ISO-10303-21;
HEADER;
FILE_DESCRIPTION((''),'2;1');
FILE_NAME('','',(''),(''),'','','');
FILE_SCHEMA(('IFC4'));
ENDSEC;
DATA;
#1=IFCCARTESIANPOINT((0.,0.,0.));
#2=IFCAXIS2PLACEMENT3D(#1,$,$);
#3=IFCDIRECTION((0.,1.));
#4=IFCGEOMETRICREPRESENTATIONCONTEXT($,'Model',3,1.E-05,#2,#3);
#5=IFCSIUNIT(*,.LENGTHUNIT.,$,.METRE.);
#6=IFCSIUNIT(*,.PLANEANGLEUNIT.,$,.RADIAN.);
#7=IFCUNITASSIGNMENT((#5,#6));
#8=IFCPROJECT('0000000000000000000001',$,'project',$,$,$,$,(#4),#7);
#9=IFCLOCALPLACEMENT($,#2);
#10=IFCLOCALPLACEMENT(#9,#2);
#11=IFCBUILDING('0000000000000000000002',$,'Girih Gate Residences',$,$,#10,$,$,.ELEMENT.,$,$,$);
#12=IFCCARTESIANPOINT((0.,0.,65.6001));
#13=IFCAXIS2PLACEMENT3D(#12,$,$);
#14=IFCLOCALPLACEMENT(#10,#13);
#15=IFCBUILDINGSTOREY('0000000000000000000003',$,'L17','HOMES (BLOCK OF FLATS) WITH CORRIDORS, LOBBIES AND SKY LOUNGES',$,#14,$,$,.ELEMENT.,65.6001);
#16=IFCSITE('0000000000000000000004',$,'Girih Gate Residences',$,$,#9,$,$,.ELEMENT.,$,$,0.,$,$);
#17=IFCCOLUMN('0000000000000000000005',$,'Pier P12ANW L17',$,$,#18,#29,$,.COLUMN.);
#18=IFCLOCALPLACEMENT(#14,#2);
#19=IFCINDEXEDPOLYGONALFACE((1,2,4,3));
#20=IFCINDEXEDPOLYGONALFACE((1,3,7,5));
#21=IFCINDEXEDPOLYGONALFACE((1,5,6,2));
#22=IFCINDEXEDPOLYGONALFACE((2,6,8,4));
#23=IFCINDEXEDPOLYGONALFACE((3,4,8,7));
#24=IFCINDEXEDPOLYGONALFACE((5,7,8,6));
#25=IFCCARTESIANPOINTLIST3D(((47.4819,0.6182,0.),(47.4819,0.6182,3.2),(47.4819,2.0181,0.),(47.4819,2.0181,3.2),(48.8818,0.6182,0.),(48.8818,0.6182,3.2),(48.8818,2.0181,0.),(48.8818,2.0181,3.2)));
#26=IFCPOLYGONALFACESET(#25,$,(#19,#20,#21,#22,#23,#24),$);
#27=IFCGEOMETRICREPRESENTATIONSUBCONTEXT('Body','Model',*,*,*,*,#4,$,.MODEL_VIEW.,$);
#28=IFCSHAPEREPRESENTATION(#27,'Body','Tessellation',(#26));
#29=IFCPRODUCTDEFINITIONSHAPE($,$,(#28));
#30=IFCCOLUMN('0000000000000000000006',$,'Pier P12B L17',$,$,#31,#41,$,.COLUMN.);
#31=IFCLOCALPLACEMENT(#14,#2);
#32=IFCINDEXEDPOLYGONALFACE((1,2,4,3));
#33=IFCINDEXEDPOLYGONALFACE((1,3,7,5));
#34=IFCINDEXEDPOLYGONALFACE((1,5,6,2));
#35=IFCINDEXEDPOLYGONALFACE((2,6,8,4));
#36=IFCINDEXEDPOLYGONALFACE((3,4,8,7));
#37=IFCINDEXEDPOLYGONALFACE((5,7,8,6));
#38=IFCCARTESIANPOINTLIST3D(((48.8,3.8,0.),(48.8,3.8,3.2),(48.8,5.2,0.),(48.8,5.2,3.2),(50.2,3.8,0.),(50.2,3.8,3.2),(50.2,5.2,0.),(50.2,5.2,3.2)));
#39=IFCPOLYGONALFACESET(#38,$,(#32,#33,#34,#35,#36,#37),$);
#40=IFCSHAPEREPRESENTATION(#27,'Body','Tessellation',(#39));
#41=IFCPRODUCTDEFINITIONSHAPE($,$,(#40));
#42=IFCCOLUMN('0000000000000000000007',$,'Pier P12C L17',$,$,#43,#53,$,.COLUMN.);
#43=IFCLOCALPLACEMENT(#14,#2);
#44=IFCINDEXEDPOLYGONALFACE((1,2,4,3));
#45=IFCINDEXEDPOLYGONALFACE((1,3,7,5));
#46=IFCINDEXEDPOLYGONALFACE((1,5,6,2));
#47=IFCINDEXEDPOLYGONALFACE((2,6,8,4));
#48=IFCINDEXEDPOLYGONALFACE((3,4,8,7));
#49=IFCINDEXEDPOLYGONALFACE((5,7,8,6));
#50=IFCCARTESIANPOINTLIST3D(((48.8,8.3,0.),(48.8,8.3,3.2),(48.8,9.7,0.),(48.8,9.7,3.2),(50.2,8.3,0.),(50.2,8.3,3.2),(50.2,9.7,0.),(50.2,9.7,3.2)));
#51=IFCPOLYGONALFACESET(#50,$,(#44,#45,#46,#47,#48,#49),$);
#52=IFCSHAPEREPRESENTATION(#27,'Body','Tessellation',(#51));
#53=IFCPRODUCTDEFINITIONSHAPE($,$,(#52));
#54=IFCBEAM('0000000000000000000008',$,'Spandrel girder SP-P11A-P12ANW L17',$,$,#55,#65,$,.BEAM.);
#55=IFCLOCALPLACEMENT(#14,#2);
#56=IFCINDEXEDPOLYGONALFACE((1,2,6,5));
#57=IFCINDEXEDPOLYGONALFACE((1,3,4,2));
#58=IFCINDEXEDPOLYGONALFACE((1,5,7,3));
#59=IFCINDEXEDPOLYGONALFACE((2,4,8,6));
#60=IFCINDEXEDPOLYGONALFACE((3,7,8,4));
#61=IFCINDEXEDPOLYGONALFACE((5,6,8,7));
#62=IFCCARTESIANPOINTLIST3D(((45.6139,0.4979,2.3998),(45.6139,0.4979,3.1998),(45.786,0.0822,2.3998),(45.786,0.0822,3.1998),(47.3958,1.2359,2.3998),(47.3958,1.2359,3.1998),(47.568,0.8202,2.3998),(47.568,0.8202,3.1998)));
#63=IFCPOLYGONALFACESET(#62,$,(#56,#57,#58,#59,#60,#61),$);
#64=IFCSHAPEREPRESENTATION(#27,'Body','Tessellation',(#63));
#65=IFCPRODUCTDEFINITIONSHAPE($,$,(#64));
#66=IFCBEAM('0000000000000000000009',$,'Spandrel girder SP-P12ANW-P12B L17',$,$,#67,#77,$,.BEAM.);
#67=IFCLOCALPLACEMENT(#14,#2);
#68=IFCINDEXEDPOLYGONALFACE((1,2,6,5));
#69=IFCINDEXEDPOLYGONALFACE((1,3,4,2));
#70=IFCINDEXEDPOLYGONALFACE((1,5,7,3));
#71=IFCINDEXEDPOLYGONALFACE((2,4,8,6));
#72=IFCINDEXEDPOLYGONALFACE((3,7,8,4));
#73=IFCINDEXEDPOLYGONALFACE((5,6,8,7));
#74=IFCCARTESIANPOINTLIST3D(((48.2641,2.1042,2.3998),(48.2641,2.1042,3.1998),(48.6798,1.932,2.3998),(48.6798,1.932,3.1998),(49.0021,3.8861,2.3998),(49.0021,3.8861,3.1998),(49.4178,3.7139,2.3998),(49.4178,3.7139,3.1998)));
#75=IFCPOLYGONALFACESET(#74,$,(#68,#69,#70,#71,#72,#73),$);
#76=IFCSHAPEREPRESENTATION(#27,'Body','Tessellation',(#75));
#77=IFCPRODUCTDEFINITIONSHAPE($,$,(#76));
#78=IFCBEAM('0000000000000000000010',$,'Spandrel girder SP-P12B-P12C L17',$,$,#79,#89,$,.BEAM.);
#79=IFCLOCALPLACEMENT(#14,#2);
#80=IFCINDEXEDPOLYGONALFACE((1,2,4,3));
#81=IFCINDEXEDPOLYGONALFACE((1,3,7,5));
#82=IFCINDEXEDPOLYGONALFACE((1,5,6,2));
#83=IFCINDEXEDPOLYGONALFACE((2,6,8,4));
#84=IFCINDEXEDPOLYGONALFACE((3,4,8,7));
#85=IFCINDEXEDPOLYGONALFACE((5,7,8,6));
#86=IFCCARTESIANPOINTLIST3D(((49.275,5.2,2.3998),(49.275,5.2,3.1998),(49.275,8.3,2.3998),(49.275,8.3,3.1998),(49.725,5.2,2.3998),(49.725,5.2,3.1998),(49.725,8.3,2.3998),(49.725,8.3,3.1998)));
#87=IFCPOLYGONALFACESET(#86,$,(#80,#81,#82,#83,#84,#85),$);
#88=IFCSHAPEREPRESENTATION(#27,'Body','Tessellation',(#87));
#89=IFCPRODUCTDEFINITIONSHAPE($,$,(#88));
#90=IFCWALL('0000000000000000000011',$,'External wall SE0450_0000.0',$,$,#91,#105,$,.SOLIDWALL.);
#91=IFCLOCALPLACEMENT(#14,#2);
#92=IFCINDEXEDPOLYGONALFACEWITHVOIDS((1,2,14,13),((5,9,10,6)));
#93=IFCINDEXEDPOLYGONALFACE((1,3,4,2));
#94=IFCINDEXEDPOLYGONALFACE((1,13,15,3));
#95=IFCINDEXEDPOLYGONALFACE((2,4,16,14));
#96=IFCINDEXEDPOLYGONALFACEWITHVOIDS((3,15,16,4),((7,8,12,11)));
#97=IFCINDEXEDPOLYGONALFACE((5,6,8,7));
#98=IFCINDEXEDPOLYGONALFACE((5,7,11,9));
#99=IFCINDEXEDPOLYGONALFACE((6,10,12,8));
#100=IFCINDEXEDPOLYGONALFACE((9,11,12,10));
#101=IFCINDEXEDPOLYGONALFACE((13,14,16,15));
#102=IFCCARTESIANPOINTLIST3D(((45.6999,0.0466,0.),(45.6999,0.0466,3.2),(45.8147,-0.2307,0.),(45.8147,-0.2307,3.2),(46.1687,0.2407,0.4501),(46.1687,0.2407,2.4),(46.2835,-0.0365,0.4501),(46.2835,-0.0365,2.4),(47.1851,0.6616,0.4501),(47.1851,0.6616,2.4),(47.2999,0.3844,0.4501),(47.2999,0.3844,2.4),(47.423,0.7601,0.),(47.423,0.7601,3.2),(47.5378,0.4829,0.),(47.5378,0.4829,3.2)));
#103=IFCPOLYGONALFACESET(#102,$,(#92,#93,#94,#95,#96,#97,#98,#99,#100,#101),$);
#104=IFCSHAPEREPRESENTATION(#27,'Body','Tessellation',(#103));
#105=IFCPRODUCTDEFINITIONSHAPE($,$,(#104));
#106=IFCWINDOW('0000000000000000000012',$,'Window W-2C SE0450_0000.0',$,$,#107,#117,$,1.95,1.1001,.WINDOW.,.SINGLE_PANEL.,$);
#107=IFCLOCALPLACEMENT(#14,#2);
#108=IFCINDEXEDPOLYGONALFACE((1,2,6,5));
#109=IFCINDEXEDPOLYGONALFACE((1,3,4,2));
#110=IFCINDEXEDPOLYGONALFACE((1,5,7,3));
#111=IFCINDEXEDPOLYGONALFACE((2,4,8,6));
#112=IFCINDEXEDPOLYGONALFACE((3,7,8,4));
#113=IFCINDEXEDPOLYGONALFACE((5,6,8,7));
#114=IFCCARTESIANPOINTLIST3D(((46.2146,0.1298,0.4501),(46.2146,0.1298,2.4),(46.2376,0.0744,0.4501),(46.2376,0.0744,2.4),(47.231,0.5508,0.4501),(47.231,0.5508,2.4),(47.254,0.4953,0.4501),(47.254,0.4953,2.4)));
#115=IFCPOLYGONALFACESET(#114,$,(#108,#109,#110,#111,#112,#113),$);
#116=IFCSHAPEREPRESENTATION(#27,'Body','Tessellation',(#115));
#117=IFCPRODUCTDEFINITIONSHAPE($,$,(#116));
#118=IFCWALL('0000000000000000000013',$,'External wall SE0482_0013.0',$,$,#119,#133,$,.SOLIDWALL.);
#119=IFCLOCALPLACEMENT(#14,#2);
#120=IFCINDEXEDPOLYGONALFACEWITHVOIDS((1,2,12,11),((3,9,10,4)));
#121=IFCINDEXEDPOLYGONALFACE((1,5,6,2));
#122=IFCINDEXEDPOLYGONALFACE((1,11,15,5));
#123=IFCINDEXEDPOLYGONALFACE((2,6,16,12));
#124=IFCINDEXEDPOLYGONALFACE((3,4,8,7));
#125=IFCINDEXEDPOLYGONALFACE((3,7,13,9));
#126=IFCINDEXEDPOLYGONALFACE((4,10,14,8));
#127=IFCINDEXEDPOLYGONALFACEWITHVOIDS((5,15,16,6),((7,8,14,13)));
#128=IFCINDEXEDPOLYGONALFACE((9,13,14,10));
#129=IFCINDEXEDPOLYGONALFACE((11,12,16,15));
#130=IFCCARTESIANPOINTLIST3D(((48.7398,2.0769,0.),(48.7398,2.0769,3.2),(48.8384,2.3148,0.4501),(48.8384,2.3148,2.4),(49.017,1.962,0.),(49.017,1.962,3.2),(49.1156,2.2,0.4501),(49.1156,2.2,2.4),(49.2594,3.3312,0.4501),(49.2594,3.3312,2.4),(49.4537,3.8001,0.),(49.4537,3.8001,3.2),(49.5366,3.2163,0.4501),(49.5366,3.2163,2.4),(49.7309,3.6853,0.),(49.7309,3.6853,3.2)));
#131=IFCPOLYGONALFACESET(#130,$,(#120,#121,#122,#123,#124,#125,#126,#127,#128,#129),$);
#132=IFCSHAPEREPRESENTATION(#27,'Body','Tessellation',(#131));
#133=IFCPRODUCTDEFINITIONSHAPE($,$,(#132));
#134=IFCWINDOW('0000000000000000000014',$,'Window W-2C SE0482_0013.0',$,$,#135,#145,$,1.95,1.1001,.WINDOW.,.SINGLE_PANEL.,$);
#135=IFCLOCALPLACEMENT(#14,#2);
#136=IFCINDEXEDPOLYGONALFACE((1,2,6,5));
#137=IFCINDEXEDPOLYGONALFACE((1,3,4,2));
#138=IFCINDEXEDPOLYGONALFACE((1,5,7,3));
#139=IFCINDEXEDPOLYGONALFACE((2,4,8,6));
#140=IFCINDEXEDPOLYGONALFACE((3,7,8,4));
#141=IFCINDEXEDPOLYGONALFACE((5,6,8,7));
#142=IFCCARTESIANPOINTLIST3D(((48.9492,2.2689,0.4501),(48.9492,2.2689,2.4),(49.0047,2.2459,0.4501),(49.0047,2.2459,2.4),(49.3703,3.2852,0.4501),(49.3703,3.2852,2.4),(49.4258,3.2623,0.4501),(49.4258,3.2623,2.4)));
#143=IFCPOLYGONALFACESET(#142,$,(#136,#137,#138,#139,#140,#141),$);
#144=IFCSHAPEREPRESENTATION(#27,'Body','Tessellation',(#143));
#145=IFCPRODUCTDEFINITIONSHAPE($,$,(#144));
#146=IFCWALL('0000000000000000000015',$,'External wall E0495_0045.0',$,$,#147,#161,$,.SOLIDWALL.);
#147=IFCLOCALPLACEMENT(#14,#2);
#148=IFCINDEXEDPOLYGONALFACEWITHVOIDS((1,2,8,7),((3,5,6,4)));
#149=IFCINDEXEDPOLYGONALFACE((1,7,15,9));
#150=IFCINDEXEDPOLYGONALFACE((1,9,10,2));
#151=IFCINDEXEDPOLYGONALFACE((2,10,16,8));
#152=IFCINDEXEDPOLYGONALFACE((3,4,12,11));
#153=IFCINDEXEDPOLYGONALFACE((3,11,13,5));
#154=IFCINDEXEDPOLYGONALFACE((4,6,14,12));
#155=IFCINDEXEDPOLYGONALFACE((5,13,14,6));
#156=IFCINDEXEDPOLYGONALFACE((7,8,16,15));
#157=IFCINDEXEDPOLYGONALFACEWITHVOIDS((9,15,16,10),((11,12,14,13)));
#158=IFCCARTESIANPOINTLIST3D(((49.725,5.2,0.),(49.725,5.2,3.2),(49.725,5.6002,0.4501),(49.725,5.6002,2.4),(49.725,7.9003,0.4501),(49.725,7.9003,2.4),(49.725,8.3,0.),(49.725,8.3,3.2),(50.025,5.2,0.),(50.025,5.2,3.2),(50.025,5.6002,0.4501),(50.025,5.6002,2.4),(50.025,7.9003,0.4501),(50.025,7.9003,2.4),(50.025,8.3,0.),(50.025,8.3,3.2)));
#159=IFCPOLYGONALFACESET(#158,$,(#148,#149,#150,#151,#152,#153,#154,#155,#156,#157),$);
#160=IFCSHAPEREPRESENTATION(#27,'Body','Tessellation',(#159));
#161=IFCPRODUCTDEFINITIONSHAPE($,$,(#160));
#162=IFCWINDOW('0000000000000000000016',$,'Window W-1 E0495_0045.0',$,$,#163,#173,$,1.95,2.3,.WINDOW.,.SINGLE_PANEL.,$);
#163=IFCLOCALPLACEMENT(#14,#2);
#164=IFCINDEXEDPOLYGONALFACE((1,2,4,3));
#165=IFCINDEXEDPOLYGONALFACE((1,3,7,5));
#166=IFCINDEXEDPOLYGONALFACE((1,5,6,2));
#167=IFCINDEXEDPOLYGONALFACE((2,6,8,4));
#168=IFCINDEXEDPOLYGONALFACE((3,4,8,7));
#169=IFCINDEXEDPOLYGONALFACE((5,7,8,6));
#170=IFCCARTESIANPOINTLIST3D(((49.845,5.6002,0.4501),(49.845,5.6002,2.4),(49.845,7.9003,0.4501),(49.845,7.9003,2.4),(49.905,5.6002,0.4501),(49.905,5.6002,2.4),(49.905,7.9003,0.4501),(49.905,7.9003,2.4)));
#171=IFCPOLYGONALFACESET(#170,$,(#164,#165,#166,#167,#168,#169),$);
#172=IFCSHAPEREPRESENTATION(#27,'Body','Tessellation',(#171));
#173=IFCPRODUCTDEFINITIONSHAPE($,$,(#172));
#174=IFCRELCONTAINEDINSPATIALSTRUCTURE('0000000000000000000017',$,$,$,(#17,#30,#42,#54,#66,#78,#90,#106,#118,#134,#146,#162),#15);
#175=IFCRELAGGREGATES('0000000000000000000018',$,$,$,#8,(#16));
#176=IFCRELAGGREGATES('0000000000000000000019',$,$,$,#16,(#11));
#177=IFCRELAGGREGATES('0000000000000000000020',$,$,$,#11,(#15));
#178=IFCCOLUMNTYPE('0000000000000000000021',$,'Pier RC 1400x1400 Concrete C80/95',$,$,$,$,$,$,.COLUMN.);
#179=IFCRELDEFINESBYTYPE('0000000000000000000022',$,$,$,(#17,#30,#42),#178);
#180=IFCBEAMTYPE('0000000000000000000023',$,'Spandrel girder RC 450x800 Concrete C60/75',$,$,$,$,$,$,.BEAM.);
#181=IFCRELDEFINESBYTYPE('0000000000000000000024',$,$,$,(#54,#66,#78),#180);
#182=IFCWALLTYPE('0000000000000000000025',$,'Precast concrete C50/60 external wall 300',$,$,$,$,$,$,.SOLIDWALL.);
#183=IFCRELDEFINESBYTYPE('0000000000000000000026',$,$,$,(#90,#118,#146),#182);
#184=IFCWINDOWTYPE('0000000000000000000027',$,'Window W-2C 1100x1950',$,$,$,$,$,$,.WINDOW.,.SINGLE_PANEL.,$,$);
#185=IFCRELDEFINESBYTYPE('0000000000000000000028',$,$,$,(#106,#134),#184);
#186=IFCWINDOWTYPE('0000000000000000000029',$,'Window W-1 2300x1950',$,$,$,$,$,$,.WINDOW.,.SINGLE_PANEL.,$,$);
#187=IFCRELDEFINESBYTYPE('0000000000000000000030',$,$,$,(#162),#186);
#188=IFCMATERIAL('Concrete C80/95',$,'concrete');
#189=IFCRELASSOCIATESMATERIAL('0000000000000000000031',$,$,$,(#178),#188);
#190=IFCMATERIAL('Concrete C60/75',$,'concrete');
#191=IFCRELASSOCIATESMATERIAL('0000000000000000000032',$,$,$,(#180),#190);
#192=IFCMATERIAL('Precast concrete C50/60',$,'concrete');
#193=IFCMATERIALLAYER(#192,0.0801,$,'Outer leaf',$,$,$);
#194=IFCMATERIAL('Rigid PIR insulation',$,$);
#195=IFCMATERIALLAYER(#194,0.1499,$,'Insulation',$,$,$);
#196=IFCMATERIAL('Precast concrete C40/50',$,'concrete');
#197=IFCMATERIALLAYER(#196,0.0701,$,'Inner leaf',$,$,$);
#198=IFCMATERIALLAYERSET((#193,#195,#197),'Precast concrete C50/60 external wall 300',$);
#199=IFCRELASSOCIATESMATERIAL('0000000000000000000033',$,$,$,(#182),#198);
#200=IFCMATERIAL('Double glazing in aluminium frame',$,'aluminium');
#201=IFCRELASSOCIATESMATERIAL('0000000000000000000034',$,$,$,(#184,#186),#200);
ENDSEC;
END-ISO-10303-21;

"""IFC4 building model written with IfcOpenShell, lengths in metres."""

from ifc_helpers import new_model, si_unit, direction, frame, frame_2d, origin, origin_2d, place, context, subcontext, project, spatial, rectangle, extrude, material, layer, layer_set, material_profile, profile_set, type_object, element, fill, save


model = new_model("IFC4")

# Units and contexts
model_context = context("Model", 3, precision=1e-05, world=origin(), true_north=direction((0.0, 1.0)))
body_context = subcontext(model_context, "Body", "Model", "MODEL_VIEW")
ifc_project = project(units=[si_unit("LENGTHUNIT", "METRE"), si_unit("PLANEANGLEUNIT", "RADIAN")], contexts=[model_context])

# Site, building, storey
site_placement = place(None, origin())
site = spatial("IfcSite", under=ifc_project, at=site_placement, Name="Girih Gate Residences", CompositionType="ELEMENT", RefElevation=0.0)
building_placement = place(site_placement, origin())
building = spatial("IfcBuilding", under=site, at=building_placement, Name="Girih Gate Residences", CompositionType="ELEMENT")
storey_placement = place(building_placement, frame((0.0, 0.0, 65.6001)))
storey = spatial("IfcBuildingStorey", under=building, at=storey_placement, Name="L17", Description="HOMES (BLOCK OF FLATS) WITH CORRIDORS, LOBBIES AND SKY LOUNGES", CompositionType="ELEMENT", Elevation=65.6001)

# Columns
ifc_material_1 = material(Name="Concrete C80/95", Category="concrete")
ifc_material_profile_1 = material_profile(ifc_material_1, rectangle(XDim=1.3999, YDim=1.3999, at=origin_2d()))
ifc_profile_set_1 = profile_set([ifc_material_profile_1], Name="Concrete C80/95")
column_type = type_object("IfcColumnType", Name="Pier RC 1400x1400 Concrete C80/95", PredefinedType="COLUMN", material=ifc_profile_set_1)
for number, where, z_axis, x_axis, name in (
    (1, (48.1819, 1.3181, 0.0), (0.0, 0.0, 1.0), (1.0, 0.0, 0.0), "Pier P12ANW L17"),
    (2, (49.5, 4.5, 0.0), (0.0, 0.0, 1.0), (1.0, 0.0, 0.0), "Pier P12B L17"),
    (3, (49.5, 9.0, 0.0), (0.0, 0.0, 1.0), (1.0, 0.0, 0.0), "Pier P12C L17"),
):
    element("IfcColumn", number, at=place(storey_placement, frame(where, z_axis=z_axis, x_axis=x_axis)), inside=storey, type_object=column_type, Name=name, PredefinedType="COLUMN", context=body_context, shape_type="SweptSolid", body=[
        extrude(rectangle(XDim=1.3999, YDim=1.3999, at=origin_2d()), origin(), (0.0, 0.0, 1.0), 3.2),
    ])

# Beams
ifc_material_2 = material(Name="Concrete C60/75", Category="concrete")
ifc_material_profile_2 = material_profile(ifc_material_2, rectangle(XDim=0.45, YDim=0.8, at=origin_2d()))
ifc_profile_set_2 = profile_set([ifc_material_profile_2], Name="Concrete C60/75")
beam_type = type_object("IfcBeamType", Name="Spandrel girder RC 450x800 Concrete C60/75", PredefinedType="BEAM", material=ifc_profile_set_2)
for number, where, z_axis, x_axis, name in (
    (4, (45.7, 0.29, 2.7998), (0.923895, 0.382646, 0.0), (-0.382646, 0.923895, 0.0), "Spandrel girder SP-P11A-P12ANW L17"),
    (5, (48.4719, 2.0181, 2.7998), (0.382646, 0.923895, 0.0), (-0.923895, 0.382646, 0.0), "Spandrel girder SP-P12ANW-P12B L17"),
):
    element("IfcBeam", number, at=place(storey_placement, frame(where, z_axis=z_axis, x_axis=x_axis)), inside=storey, type_object=beam_type, Name=name, PredefinedType="BEAM", context=body_context, shape_type="SweptSolid", body=[
        extrude(rectangle(XDim=0.45, YDim=0.8, at=origin_2d()), origin(), (0.0, 0.0, 1.0), 1.9287),
    ])
beam_placement = place(storey_placement, frame((49.5, 5.2, 2.7998), z_axis=(0.0, 1.0, 0.0), x_axis=(-1.0, 0.0, 0.0)))
element("IfcBeam", 6, at=beam_placement, inside=storey, type_object=beam_type, Name="Spandrel girder SP-P12B-P12C L17", PredefinedType="BEAM", context=body_context, shape_type="SweptSolid", body=[
    extrude(rectangle(XDim=0.45, YDim=0.8, at=origin_2d()), origin(), (0.0, 0.0, 1.0), 3.1001),
])

# Walls, openings, windows
ifc_material_3 = material(Name="Precast concrete C50/60", Category="concrete")
ifc_layer_1 = layer(ifc_material_3, 0.0801, Name="Outer leaf")
ifc_material_4 = material(Name="Rigid PIR insulation")
ifc_layer_2 = layer(ifc_material_4, 0.1499, Name="Insulation")
ifc_material_5 = material(Name="Precast concrete C40/50", Category="concrete")
ifc_layer_3 = layer(ifc_material_5, 0.0701, Name="Inner leaf")
ifc_layer_set_1 = layer_set([ifc_layer_1, ifc_layer_2, ifc_layer_3], Name="Precast concrete C50/60 external wall 300")
wall_type_1 = type_object("IfcWallType", Name="Precast concrete C50/60 external wall 300", PredefinedType="SOLIDWALL", material=ifc_layer_set_1)
wall_1_placement = place(storey_placement, frame((47.4805, 0.6216, 0.0), z_axis=(0.0, 0.0, 1.0), x_axis=(-0.923904, -0.382625, 0.0)))
wall_1 = element("IfcWall", 7, at=wall_1_placement, inside=storey, type_object=wall_type_1, Name="External wall SE0450_0000.0", PredefinedType="SOLIDWALL", context=body_context, shape_type="SweptSolid", body=[
    extrude(rectangle(XDim=1.865, YDim=0.3, at=frame_2d((0.9326, 0.0))), origin(), (0.0, 0.0, 1.0), 3.2),
])
opening_1_placement = place(wall_1_placement, frame((0.2576, 0.0, 0.45)))
opening_1 = element("IfcOpeningElement", 8, at=opening_1_placement, cuts=wall_1, PredefinedType="OPENING", context=body_context, shape_type="SweptSolid", body=[
    extrude(rectangle(XDim=1.1001, YDim=1.95, at=frame_2d((0.55, 0.9751))), frame((0.0, 0.1599, 0.0), z_axis=(0.0, -1.0, 0.0), x_axis=(1.0, 0.0, 0.0)), (0.0, 0.0, 1.0), 0.3201),
])
ifc_material_6 = material(Name="Double glazing in aluminium frame", Category="aluminium")
window_type_1 = type_object("IfcWindowType", Name="Window W-2C 1100x1950", PartitioningType="SINGLE_PANEL", PredefinedType="WINDOW", material=ifc_material_6)
window_1_placement = place(opening_1_placement, origin())
window_1 = element("IfcWindow", 9, at=window_1_placement, inside=storey, type_object=window_type_1, Name="Window W-2C SE0450_0000.0", OverallHeight=1.95, OverallWidth=1.1001, PartitioningType="SINGLE_PANEL", PredefinedType="WINDOW", context=body_context, shape_type="SweptSolid", body=[
    extrude(rectangle(XDim=1.1001, YDim=1.95, at=frame_2d((0.55, 0.9751))), frame((0.0, 0.03, 0.0), z_axis=(0.0, -1.0, 0.0), x_axis=(1.0, 0.0, 0.0)), (0.0, 0.0, 1.0), 0.0601),
])
fill(opening_1, window_1)
wall_2_placement = place(storey_placement, frame((49.5923, 3.7427, 0.0), z_axis=(0.0, 0.0, 1.0), x_axis=(-0.382737, -0.923857, 0.0)))
wall_2 = element("IfcWall", 10, at=wall_2_placement, inside=storey, type_object=wall_type_1, Name="External wall SE0482_0013.0", PredefinedType="SOLIDWALL", context=body_context, shape_type="SweptSolid", body=[
    extrude(rectangle(XDim=1.8652, YDim=0.3, at=frame_2d((0.9326, 0.0))), origin(), (0.0, 0.0, 1.0), 3.2),
])
opening_2_placement = place(wall_2_placement, frame((0.5076, 0.0, 0.45)))
opening_2 = element("IfcOpeningElement", 11, at=opening_2_placement, cuts=wall_2, PredefinedType="OPENING", context=body_context, shape_type="SweptSolid", body=[
    extrude(rectangle(XDim=1.1001, YDim=1.95, at=frame_2d((0.55, 0.9751))), frame((0.0, 0.1599, 0.0), z_axis=(0.0, -1.0, 0.0), x_axis=(1.0, 0.0, 0.0)), (0.0, 0.0, 1.0), 0.3201),
])
window_2_placement = place(opening_2_placement, origin())
window_2 = element("IfcWindow", 12, at=window_2_placement, inside=storey, type_object=window_type_1, Name="Window W-2C SE0482_0013.0", OverallHeight=1.95, OverallWidth=1.1001, PartitioningType="SINGLE_PANEL", PredefinedType="WINDOW", context=body_context, shape_type="SweptSolid", body=[
    extrude(rectangle(XDim=1.1001, YDim=1.95, at=frame_2d((0.55, 0.9751))), frame((0.0, 0.03, 0.0), z_axis=(0.0, -1.0, 0.0), x_axis=(1.0, 0.0, 0.0)), (0.0, 0.0, 1.0), 0.0601),
])
fill(opening_2, window_2)
wall_3_placement = place(storey_placement, frame((49.875, 8.3, 0.0), z_axis=(0.0, 0.0, 1.0), x_axis=(0.0, -1.0, 0.0)))
wall_3 = element("IfcWall", 13, at=wall_3_placement, inside=storey, type_object=wall_type_1, Name="External wall E0495_0045.0", PredefinedType="SOLIDWALL", context=body_context, shape_type="SweptSolid", body=[
    extrude(rectangle(XDim=3.1001, YDim=0.3, at=frame_2d((1.55, 0.0))), origin(), (0.0, 0.0, 1.0), 3.2),
])
opening_3_placement = place(wall_3_placement, frame((0.3999, 0.0, 0.45)))
opening_3 = element("IfcOpeningElement", 14, at=opening_3_placement, cuts=wall_3, PredefinedType="OPENING", context=body_context, shape_type="SweptSolid", body=[
    extrude(rectangle(XDim=2.3, YDim=1.95, at=frame_2d((1.1499, 0.9751))), frame((0.0, 0.1599, 0.0), z_axis=(0.0, -1.0, 0.0), x_axis=(1.0, 0.0, 0.0)), (0.0, 0.0, 1.0), 0.3201),
])
window_type_2 = type_object("IfcWindowType", Name="Window W-1 2300x1950", PartitioningType="SINGLE_PANEL", PredefinedType="WINDOW", material=ifc_material_6)
window_3_placement = place(opening_3_placement, origin())
window_3 = element("IfcWindow", 15, at=window_3_placement, inside=storey, type_object=window_type_2, Name="Window W-1 E0495_0045.0", OverallHeight=1.95, OverallWidth=2.3, PartitioningType="SINGLE_PANEL", PredefinedType="WINDOW", context=body_context, shape_type="SweptSolid", body=[
    extrude(rectangle(XDim=2.3, YDim=1.95, at=frame_2d((1.1499, 0.9751))), frame((0.0, 0.03, 0.0), z_axis=(0.0, -1.0, 0.0), x_axis=(1.0, 0.0, 0.0)), (0.0, 0.0, 1.0), 0.0601),
])
fill(opening_3, window_3)

save(model, "model.ifc")
